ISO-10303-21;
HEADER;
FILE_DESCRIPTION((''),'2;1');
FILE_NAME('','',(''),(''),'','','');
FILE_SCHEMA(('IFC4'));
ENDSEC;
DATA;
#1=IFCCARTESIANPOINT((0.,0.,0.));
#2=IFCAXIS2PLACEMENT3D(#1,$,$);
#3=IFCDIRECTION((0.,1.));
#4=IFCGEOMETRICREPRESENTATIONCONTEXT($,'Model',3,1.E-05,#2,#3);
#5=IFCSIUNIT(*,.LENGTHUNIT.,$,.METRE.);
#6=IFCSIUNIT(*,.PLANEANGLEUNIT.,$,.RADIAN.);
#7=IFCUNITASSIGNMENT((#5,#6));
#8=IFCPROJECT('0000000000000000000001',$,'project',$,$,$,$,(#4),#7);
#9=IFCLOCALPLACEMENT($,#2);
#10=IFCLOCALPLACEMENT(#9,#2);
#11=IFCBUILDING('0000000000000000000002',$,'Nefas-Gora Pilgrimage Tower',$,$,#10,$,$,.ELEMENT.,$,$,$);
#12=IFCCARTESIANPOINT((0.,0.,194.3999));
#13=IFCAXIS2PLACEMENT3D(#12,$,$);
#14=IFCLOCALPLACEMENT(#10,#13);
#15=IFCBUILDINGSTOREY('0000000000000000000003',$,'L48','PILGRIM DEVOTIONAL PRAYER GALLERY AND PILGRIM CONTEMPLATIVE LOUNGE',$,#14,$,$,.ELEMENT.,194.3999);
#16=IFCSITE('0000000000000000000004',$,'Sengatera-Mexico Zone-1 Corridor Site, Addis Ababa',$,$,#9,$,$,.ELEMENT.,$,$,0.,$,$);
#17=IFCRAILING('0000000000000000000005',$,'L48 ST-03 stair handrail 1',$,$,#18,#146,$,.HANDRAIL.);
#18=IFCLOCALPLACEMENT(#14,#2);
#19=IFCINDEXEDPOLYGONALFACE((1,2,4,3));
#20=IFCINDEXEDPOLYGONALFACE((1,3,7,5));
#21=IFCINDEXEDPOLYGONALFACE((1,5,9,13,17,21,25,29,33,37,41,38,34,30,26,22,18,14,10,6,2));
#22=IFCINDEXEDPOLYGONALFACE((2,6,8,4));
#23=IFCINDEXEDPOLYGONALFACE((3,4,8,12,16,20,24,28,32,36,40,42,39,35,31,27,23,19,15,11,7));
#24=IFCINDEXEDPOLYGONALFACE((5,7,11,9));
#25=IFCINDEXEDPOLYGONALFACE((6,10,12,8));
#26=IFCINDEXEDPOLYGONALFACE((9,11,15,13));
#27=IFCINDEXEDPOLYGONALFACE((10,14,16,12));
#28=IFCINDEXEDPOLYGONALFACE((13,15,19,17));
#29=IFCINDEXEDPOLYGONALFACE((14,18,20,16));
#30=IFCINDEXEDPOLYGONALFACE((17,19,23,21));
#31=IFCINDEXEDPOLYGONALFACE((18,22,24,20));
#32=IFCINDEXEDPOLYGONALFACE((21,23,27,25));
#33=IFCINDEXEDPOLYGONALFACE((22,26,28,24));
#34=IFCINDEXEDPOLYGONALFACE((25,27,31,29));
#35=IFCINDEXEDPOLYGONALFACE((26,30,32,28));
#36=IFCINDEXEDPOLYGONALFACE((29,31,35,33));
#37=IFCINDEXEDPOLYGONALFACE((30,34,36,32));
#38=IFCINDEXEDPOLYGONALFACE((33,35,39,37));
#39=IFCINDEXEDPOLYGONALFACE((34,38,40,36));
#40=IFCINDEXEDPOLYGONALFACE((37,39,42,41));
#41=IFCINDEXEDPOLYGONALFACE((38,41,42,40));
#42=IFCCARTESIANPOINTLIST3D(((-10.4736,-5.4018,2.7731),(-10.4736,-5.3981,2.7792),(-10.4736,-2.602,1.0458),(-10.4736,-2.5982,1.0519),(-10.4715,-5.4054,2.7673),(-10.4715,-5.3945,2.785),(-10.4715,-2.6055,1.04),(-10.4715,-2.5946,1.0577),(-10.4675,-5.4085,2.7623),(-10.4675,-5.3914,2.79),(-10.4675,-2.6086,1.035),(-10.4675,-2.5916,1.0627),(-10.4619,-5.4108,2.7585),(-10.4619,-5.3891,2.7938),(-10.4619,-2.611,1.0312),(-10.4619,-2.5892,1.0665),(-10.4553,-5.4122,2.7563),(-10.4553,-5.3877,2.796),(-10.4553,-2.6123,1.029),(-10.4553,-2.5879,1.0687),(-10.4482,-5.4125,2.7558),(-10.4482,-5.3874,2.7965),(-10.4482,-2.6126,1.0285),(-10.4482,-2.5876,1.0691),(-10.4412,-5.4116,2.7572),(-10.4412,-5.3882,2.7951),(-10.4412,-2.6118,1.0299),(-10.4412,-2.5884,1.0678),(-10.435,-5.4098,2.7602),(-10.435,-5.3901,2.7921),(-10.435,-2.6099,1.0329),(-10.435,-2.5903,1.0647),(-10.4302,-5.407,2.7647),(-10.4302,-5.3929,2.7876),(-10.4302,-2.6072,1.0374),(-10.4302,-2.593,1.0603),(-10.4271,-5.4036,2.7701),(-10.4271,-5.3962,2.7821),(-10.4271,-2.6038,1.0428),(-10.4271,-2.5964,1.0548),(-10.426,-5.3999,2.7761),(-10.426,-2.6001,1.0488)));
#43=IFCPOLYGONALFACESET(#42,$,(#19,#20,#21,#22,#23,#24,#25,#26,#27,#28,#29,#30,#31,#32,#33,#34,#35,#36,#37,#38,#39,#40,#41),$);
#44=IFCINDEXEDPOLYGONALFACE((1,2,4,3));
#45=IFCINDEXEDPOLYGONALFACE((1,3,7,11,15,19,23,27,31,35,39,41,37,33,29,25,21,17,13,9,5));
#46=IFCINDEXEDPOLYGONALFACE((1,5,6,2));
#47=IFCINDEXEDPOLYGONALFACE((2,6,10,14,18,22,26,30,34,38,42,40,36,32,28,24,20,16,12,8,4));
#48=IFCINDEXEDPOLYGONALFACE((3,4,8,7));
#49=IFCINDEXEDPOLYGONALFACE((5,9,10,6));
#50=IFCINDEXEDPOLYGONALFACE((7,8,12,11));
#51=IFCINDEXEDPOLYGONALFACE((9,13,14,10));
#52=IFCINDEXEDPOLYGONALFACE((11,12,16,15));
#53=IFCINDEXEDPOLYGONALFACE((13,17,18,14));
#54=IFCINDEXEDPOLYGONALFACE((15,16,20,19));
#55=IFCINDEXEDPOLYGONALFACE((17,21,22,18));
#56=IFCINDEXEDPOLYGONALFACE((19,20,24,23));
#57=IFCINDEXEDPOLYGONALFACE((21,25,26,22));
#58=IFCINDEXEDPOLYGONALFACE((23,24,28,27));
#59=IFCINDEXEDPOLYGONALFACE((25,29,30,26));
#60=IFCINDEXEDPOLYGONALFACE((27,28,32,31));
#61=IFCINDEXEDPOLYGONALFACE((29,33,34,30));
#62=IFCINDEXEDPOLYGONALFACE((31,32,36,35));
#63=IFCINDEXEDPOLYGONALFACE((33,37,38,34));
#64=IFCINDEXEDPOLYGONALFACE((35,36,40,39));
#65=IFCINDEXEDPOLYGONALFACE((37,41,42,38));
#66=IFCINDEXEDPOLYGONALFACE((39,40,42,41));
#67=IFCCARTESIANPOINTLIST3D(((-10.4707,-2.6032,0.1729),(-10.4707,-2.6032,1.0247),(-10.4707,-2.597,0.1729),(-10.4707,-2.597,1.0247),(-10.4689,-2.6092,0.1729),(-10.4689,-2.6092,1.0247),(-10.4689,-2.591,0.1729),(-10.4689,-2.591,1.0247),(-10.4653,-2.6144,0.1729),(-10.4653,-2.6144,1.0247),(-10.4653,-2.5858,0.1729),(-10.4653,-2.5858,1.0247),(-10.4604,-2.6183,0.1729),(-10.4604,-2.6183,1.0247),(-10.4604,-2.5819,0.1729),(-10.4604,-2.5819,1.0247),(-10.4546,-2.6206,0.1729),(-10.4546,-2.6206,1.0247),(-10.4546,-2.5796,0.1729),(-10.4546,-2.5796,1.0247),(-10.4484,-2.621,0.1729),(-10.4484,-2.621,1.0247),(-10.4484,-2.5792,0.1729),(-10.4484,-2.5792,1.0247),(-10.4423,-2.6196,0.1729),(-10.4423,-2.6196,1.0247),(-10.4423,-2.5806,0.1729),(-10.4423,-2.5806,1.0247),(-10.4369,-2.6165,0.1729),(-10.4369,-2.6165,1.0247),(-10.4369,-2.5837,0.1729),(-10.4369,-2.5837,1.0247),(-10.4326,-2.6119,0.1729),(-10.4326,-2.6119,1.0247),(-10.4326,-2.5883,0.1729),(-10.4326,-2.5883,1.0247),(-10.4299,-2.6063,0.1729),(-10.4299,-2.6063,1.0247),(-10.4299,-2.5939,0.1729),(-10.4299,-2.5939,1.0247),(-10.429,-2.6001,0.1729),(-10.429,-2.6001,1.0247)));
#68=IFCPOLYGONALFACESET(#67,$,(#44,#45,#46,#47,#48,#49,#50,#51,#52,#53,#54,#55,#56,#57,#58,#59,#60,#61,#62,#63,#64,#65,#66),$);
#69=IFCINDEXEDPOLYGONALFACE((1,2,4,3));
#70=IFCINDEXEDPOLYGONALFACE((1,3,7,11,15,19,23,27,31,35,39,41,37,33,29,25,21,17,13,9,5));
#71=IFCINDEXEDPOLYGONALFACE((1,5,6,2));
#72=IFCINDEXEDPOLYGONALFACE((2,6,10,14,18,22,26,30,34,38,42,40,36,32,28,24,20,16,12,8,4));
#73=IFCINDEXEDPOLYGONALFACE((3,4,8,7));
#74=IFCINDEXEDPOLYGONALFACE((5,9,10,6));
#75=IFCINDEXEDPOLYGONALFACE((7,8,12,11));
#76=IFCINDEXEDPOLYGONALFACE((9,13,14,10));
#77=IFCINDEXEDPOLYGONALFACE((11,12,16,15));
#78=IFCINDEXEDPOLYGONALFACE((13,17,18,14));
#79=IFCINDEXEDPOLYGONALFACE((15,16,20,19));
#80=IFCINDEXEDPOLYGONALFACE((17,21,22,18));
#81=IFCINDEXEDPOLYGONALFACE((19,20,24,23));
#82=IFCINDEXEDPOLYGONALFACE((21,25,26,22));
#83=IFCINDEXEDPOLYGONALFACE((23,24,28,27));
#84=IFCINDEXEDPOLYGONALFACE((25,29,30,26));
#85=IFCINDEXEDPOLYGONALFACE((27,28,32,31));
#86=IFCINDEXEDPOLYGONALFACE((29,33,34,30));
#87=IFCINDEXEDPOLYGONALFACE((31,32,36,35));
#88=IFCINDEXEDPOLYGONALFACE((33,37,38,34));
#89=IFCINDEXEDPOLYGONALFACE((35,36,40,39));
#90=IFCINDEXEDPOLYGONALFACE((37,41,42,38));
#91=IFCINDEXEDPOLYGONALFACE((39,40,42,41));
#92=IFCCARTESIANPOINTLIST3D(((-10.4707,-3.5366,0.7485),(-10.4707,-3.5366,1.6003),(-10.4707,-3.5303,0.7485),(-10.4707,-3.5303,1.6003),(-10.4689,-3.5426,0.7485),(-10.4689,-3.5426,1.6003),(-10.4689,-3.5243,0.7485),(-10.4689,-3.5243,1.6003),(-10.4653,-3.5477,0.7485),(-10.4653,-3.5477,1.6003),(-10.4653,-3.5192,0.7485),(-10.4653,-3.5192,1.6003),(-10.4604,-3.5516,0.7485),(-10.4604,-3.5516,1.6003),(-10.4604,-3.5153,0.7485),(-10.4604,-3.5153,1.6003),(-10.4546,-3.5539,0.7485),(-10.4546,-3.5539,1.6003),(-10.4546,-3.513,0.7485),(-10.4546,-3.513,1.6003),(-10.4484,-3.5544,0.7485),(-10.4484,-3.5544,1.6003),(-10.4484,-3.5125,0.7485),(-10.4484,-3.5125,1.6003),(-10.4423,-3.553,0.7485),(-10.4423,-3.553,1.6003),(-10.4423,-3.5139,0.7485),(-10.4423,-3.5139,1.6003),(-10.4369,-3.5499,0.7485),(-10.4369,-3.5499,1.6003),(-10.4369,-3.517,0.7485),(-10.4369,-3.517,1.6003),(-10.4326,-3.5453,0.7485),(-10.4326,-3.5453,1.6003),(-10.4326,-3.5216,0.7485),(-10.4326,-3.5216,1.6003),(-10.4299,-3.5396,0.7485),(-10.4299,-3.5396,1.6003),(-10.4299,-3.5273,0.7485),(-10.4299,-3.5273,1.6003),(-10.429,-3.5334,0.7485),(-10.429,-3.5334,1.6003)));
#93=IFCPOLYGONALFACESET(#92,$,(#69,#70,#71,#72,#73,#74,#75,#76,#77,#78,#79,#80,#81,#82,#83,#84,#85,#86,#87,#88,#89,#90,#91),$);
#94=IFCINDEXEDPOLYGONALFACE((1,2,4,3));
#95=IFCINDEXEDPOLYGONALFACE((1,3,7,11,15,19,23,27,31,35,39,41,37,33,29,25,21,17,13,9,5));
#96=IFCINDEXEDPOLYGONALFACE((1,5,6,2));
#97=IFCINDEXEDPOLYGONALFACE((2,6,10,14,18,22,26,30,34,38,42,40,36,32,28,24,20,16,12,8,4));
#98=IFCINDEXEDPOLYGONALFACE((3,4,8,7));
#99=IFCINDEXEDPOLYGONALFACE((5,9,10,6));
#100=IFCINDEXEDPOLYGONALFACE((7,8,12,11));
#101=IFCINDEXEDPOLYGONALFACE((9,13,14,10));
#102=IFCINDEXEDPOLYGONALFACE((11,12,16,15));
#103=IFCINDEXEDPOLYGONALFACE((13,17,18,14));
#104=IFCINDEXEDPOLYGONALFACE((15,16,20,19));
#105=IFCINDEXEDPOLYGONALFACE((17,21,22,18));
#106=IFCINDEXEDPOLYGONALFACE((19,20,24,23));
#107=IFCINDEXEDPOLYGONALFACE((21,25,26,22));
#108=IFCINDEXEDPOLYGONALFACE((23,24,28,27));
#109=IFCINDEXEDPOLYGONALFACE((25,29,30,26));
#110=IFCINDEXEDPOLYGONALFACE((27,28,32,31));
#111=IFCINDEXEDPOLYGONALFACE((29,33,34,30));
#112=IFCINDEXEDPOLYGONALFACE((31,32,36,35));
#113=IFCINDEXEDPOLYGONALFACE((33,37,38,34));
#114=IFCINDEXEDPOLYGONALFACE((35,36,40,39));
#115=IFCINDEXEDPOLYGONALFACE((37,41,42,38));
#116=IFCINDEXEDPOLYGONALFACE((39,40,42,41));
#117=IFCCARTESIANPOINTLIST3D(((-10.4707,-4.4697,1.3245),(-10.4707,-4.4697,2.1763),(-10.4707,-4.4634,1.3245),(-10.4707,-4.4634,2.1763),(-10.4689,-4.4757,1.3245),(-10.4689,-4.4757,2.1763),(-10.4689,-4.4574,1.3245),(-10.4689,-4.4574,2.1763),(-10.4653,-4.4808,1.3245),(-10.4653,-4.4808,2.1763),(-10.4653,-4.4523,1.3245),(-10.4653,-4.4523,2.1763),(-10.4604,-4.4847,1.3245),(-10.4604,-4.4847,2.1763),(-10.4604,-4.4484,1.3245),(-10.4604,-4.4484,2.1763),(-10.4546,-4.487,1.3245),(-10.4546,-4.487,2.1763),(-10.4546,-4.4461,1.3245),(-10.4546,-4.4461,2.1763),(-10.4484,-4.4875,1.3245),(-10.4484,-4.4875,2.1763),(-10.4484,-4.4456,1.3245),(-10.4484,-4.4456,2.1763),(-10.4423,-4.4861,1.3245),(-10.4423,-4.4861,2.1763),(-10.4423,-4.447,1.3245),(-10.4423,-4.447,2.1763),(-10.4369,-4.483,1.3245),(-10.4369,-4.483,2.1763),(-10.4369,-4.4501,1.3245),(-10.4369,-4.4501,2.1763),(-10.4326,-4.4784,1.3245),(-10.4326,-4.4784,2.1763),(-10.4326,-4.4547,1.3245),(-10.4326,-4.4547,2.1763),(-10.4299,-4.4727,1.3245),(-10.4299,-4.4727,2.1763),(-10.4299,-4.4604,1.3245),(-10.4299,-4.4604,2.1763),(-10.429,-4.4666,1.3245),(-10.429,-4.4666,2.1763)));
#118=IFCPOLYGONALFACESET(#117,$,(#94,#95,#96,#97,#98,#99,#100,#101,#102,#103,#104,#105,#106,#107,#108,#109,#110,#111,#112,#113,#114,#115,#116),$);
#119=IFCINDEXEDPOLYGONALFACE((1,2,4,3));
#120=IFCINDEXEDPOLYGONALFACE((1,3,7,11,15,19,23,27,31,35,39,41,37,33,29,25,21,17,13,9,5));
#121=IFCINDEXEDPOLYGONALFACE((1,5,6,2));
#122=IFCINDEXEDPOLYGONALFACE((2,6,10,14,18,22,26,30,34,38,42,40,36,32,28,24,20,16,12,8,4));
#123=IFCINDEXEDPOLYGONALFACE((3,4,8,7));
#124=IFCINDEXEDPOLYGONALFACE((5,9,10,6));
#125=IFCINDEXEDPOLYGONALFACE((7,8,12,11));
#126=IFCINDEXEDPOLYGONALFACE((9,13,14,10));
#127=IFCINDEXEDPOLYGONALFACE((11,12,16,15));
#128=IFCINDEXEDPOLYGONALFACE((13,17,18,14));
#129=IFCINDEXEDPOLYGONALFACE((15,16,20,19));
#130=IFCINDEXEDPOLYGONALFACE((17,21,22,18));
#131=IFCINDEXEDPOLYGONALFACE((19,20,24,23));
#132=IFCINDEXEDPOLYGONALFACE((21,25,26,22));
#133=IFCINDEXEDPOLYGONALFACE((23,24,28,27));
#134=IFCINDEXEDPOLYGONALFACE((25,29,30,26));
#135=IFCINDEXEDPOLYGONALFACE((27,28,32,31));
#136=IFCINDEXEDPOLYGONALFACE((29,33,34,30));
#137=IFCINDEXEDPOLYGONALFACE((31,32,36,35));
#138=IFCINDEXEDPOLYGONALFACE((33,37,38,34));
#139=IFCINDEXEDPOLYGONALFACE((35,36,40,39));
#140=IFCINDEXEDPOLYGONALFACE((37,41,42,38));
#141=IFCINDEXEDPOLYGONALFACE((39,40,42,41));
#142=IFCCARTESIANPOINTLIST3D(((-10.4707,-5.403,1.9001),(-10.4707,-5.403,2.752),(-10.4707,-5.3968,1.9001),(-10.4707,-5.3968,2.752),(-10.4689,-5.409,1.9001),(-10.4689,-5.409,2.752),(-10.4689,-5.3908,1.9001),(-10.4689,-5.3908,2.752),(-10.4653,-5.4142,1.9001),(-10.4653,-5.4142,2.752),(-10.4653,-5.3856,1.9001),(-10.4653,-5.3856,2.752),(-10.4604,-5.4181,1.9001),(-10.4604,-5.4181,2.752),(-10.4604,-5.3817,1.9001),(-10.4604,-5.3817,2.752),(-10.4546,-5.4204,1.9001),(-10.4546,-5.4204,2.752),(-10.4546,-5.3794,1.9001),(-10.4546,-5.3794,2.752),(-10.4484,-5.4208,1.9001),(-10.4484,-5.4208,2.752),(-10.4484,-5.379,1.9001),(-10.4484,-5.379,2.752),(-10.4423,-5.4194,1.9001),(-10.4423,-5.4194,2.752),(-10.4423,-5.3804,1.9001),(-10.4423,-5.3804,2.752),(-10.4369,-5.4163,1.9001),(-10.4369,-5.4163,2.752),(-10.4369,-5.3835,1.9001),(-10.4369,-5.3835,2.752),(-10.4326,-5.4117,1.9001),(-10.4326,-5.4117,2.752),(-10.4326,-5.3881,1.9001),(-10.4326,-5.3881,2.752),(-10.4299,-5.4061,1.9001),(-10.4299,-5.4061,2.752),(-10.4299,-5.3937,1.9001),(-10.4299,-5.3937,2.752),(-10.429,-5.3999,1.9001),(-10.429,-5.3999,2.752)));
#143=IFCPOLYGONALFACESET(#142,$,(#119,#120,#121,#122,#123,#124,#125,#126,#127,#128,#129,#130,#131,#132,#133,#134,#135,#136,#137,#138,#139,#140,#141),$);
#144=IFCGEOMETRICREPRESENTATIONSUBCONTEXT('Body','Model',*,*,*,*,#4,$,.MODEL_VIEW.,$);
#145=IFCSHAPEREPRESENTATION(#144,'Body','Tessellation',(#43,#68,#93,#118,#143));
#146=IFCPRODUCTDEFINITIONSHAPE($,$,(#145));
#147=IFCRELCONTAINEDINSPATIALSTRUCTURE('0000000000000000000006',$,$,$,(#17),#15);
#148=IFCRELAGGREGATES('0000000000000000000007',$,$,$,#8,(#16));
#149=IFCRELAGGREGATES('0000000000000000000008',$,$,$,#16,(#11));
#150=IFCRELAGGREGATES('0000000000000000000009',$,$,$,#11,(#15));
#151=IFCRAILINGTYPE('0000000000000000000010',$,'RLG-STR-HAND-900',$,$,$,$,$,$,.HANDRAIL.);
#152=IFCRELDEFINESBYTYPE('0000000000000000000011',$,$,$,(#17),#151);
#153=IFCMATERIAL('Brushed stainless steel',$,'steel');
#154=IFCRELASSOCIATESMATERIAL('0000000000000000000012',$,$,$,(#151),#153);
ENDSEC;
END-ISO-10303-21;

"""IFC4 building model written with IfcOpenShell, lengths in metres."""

from ifc_helpers import new_model, si_unit, direction, frame, origin, origin_2d, place, context, subcontext, project, spatial, circle, extrude, material, type_object, element, save


model = new_model("IFC4")

# Units and contexts
model_context = context("Model", 3, precision=1e-05, world=origin(), true_north=direction((0.0, 1.0)))
body_context = subcontext(model_context, "Body", "Model", "MODEL_VIEW")
ifc_project = project(units=[si_unit("LENGTHUNIT", "METRE"), si_unit("PLANEANGLEUNIT", "RADIAN")], contexts=[model_context])

# Site, building, storey
site_placement = place(None, origin())
site = spatial("IfcSite", under=ifc_project, at=site_placement, Name="Sengatera-Mexico Zone-1 Corridor Site, Addis Ababa", CompositionType="ELEMENT", RefElevation=0.0)
building_placement = place(site_placement, origin())
building = spatial("IfcBuilding", under=site, at=building_placement, Name="Nefas-Gora Pilgrimage Tower", CompositionType="ELEMENT")
storey_placement = place(building_placement, frame((0.0, 0.0, 194.3999)))
storey = spatial("IfcBuildingStorey", under=building, at=storey_placement, Name="L48", Description="PILGRIM DEVOTIONAL PRAYER GALLERY AND PILGRIM CONTEMPLATIVE LOUNGE", CompositionType="ELEMENT", Elevation=194.3999)

# Railing
ifc_material_1 = material(Name="Brushed stainless steel", Category="steel")
railing_type_1 = type_object("IfcRailingType", Name="RLG-STR-HAND-900", PredefinedType="HANDRAIL", material=ifc_material_1)
railing_1_placement = place(storey_placement, frame((-10.45, -2.6001, 0.1729)))
element("IfcRailing", 1, at=railing_1_placement, inside=storey, type_object=railing_type_1, Name="L48 ST-03 stair handrail 1", PredefinedType="HANDRAIL", context=body_context, shape_type="SweptSolid", body=[
    extrude(circle(Radius=0.0239, at=origin_2d()), frame((0.0, 0.0, 0.876), z_axis=(0.0, -0.851069, 0.525054), x_axis=(1.0, 0.0, 0.0)), (0.0, 0.0, 1.0), 3.2898),
    extrude(circle(Radius=0.021, at=origin_2d()), origin(), (0.0, 0.0, 1.0), 0.8518),
    extrude(circle(Radius=0.021, at=origin_2d()), frame((0.0, -0.9333, 0.5757)), (0.0, 0.0, 1.0), 0.8518),
    extrude(circle(Radius=0.021, at=origin_2d()), frame((0.0, -1.8665, 1.1516)), (0.0, 0.0, 1.0), 0.8518),
    extrude(circle(Radius=0.021, at=origin_2d()), frame((0.0, -2.7998, 1.7273)), (0.0, 0.0, 1.0), 0.8518),
])

save(model, "model.ifc")
